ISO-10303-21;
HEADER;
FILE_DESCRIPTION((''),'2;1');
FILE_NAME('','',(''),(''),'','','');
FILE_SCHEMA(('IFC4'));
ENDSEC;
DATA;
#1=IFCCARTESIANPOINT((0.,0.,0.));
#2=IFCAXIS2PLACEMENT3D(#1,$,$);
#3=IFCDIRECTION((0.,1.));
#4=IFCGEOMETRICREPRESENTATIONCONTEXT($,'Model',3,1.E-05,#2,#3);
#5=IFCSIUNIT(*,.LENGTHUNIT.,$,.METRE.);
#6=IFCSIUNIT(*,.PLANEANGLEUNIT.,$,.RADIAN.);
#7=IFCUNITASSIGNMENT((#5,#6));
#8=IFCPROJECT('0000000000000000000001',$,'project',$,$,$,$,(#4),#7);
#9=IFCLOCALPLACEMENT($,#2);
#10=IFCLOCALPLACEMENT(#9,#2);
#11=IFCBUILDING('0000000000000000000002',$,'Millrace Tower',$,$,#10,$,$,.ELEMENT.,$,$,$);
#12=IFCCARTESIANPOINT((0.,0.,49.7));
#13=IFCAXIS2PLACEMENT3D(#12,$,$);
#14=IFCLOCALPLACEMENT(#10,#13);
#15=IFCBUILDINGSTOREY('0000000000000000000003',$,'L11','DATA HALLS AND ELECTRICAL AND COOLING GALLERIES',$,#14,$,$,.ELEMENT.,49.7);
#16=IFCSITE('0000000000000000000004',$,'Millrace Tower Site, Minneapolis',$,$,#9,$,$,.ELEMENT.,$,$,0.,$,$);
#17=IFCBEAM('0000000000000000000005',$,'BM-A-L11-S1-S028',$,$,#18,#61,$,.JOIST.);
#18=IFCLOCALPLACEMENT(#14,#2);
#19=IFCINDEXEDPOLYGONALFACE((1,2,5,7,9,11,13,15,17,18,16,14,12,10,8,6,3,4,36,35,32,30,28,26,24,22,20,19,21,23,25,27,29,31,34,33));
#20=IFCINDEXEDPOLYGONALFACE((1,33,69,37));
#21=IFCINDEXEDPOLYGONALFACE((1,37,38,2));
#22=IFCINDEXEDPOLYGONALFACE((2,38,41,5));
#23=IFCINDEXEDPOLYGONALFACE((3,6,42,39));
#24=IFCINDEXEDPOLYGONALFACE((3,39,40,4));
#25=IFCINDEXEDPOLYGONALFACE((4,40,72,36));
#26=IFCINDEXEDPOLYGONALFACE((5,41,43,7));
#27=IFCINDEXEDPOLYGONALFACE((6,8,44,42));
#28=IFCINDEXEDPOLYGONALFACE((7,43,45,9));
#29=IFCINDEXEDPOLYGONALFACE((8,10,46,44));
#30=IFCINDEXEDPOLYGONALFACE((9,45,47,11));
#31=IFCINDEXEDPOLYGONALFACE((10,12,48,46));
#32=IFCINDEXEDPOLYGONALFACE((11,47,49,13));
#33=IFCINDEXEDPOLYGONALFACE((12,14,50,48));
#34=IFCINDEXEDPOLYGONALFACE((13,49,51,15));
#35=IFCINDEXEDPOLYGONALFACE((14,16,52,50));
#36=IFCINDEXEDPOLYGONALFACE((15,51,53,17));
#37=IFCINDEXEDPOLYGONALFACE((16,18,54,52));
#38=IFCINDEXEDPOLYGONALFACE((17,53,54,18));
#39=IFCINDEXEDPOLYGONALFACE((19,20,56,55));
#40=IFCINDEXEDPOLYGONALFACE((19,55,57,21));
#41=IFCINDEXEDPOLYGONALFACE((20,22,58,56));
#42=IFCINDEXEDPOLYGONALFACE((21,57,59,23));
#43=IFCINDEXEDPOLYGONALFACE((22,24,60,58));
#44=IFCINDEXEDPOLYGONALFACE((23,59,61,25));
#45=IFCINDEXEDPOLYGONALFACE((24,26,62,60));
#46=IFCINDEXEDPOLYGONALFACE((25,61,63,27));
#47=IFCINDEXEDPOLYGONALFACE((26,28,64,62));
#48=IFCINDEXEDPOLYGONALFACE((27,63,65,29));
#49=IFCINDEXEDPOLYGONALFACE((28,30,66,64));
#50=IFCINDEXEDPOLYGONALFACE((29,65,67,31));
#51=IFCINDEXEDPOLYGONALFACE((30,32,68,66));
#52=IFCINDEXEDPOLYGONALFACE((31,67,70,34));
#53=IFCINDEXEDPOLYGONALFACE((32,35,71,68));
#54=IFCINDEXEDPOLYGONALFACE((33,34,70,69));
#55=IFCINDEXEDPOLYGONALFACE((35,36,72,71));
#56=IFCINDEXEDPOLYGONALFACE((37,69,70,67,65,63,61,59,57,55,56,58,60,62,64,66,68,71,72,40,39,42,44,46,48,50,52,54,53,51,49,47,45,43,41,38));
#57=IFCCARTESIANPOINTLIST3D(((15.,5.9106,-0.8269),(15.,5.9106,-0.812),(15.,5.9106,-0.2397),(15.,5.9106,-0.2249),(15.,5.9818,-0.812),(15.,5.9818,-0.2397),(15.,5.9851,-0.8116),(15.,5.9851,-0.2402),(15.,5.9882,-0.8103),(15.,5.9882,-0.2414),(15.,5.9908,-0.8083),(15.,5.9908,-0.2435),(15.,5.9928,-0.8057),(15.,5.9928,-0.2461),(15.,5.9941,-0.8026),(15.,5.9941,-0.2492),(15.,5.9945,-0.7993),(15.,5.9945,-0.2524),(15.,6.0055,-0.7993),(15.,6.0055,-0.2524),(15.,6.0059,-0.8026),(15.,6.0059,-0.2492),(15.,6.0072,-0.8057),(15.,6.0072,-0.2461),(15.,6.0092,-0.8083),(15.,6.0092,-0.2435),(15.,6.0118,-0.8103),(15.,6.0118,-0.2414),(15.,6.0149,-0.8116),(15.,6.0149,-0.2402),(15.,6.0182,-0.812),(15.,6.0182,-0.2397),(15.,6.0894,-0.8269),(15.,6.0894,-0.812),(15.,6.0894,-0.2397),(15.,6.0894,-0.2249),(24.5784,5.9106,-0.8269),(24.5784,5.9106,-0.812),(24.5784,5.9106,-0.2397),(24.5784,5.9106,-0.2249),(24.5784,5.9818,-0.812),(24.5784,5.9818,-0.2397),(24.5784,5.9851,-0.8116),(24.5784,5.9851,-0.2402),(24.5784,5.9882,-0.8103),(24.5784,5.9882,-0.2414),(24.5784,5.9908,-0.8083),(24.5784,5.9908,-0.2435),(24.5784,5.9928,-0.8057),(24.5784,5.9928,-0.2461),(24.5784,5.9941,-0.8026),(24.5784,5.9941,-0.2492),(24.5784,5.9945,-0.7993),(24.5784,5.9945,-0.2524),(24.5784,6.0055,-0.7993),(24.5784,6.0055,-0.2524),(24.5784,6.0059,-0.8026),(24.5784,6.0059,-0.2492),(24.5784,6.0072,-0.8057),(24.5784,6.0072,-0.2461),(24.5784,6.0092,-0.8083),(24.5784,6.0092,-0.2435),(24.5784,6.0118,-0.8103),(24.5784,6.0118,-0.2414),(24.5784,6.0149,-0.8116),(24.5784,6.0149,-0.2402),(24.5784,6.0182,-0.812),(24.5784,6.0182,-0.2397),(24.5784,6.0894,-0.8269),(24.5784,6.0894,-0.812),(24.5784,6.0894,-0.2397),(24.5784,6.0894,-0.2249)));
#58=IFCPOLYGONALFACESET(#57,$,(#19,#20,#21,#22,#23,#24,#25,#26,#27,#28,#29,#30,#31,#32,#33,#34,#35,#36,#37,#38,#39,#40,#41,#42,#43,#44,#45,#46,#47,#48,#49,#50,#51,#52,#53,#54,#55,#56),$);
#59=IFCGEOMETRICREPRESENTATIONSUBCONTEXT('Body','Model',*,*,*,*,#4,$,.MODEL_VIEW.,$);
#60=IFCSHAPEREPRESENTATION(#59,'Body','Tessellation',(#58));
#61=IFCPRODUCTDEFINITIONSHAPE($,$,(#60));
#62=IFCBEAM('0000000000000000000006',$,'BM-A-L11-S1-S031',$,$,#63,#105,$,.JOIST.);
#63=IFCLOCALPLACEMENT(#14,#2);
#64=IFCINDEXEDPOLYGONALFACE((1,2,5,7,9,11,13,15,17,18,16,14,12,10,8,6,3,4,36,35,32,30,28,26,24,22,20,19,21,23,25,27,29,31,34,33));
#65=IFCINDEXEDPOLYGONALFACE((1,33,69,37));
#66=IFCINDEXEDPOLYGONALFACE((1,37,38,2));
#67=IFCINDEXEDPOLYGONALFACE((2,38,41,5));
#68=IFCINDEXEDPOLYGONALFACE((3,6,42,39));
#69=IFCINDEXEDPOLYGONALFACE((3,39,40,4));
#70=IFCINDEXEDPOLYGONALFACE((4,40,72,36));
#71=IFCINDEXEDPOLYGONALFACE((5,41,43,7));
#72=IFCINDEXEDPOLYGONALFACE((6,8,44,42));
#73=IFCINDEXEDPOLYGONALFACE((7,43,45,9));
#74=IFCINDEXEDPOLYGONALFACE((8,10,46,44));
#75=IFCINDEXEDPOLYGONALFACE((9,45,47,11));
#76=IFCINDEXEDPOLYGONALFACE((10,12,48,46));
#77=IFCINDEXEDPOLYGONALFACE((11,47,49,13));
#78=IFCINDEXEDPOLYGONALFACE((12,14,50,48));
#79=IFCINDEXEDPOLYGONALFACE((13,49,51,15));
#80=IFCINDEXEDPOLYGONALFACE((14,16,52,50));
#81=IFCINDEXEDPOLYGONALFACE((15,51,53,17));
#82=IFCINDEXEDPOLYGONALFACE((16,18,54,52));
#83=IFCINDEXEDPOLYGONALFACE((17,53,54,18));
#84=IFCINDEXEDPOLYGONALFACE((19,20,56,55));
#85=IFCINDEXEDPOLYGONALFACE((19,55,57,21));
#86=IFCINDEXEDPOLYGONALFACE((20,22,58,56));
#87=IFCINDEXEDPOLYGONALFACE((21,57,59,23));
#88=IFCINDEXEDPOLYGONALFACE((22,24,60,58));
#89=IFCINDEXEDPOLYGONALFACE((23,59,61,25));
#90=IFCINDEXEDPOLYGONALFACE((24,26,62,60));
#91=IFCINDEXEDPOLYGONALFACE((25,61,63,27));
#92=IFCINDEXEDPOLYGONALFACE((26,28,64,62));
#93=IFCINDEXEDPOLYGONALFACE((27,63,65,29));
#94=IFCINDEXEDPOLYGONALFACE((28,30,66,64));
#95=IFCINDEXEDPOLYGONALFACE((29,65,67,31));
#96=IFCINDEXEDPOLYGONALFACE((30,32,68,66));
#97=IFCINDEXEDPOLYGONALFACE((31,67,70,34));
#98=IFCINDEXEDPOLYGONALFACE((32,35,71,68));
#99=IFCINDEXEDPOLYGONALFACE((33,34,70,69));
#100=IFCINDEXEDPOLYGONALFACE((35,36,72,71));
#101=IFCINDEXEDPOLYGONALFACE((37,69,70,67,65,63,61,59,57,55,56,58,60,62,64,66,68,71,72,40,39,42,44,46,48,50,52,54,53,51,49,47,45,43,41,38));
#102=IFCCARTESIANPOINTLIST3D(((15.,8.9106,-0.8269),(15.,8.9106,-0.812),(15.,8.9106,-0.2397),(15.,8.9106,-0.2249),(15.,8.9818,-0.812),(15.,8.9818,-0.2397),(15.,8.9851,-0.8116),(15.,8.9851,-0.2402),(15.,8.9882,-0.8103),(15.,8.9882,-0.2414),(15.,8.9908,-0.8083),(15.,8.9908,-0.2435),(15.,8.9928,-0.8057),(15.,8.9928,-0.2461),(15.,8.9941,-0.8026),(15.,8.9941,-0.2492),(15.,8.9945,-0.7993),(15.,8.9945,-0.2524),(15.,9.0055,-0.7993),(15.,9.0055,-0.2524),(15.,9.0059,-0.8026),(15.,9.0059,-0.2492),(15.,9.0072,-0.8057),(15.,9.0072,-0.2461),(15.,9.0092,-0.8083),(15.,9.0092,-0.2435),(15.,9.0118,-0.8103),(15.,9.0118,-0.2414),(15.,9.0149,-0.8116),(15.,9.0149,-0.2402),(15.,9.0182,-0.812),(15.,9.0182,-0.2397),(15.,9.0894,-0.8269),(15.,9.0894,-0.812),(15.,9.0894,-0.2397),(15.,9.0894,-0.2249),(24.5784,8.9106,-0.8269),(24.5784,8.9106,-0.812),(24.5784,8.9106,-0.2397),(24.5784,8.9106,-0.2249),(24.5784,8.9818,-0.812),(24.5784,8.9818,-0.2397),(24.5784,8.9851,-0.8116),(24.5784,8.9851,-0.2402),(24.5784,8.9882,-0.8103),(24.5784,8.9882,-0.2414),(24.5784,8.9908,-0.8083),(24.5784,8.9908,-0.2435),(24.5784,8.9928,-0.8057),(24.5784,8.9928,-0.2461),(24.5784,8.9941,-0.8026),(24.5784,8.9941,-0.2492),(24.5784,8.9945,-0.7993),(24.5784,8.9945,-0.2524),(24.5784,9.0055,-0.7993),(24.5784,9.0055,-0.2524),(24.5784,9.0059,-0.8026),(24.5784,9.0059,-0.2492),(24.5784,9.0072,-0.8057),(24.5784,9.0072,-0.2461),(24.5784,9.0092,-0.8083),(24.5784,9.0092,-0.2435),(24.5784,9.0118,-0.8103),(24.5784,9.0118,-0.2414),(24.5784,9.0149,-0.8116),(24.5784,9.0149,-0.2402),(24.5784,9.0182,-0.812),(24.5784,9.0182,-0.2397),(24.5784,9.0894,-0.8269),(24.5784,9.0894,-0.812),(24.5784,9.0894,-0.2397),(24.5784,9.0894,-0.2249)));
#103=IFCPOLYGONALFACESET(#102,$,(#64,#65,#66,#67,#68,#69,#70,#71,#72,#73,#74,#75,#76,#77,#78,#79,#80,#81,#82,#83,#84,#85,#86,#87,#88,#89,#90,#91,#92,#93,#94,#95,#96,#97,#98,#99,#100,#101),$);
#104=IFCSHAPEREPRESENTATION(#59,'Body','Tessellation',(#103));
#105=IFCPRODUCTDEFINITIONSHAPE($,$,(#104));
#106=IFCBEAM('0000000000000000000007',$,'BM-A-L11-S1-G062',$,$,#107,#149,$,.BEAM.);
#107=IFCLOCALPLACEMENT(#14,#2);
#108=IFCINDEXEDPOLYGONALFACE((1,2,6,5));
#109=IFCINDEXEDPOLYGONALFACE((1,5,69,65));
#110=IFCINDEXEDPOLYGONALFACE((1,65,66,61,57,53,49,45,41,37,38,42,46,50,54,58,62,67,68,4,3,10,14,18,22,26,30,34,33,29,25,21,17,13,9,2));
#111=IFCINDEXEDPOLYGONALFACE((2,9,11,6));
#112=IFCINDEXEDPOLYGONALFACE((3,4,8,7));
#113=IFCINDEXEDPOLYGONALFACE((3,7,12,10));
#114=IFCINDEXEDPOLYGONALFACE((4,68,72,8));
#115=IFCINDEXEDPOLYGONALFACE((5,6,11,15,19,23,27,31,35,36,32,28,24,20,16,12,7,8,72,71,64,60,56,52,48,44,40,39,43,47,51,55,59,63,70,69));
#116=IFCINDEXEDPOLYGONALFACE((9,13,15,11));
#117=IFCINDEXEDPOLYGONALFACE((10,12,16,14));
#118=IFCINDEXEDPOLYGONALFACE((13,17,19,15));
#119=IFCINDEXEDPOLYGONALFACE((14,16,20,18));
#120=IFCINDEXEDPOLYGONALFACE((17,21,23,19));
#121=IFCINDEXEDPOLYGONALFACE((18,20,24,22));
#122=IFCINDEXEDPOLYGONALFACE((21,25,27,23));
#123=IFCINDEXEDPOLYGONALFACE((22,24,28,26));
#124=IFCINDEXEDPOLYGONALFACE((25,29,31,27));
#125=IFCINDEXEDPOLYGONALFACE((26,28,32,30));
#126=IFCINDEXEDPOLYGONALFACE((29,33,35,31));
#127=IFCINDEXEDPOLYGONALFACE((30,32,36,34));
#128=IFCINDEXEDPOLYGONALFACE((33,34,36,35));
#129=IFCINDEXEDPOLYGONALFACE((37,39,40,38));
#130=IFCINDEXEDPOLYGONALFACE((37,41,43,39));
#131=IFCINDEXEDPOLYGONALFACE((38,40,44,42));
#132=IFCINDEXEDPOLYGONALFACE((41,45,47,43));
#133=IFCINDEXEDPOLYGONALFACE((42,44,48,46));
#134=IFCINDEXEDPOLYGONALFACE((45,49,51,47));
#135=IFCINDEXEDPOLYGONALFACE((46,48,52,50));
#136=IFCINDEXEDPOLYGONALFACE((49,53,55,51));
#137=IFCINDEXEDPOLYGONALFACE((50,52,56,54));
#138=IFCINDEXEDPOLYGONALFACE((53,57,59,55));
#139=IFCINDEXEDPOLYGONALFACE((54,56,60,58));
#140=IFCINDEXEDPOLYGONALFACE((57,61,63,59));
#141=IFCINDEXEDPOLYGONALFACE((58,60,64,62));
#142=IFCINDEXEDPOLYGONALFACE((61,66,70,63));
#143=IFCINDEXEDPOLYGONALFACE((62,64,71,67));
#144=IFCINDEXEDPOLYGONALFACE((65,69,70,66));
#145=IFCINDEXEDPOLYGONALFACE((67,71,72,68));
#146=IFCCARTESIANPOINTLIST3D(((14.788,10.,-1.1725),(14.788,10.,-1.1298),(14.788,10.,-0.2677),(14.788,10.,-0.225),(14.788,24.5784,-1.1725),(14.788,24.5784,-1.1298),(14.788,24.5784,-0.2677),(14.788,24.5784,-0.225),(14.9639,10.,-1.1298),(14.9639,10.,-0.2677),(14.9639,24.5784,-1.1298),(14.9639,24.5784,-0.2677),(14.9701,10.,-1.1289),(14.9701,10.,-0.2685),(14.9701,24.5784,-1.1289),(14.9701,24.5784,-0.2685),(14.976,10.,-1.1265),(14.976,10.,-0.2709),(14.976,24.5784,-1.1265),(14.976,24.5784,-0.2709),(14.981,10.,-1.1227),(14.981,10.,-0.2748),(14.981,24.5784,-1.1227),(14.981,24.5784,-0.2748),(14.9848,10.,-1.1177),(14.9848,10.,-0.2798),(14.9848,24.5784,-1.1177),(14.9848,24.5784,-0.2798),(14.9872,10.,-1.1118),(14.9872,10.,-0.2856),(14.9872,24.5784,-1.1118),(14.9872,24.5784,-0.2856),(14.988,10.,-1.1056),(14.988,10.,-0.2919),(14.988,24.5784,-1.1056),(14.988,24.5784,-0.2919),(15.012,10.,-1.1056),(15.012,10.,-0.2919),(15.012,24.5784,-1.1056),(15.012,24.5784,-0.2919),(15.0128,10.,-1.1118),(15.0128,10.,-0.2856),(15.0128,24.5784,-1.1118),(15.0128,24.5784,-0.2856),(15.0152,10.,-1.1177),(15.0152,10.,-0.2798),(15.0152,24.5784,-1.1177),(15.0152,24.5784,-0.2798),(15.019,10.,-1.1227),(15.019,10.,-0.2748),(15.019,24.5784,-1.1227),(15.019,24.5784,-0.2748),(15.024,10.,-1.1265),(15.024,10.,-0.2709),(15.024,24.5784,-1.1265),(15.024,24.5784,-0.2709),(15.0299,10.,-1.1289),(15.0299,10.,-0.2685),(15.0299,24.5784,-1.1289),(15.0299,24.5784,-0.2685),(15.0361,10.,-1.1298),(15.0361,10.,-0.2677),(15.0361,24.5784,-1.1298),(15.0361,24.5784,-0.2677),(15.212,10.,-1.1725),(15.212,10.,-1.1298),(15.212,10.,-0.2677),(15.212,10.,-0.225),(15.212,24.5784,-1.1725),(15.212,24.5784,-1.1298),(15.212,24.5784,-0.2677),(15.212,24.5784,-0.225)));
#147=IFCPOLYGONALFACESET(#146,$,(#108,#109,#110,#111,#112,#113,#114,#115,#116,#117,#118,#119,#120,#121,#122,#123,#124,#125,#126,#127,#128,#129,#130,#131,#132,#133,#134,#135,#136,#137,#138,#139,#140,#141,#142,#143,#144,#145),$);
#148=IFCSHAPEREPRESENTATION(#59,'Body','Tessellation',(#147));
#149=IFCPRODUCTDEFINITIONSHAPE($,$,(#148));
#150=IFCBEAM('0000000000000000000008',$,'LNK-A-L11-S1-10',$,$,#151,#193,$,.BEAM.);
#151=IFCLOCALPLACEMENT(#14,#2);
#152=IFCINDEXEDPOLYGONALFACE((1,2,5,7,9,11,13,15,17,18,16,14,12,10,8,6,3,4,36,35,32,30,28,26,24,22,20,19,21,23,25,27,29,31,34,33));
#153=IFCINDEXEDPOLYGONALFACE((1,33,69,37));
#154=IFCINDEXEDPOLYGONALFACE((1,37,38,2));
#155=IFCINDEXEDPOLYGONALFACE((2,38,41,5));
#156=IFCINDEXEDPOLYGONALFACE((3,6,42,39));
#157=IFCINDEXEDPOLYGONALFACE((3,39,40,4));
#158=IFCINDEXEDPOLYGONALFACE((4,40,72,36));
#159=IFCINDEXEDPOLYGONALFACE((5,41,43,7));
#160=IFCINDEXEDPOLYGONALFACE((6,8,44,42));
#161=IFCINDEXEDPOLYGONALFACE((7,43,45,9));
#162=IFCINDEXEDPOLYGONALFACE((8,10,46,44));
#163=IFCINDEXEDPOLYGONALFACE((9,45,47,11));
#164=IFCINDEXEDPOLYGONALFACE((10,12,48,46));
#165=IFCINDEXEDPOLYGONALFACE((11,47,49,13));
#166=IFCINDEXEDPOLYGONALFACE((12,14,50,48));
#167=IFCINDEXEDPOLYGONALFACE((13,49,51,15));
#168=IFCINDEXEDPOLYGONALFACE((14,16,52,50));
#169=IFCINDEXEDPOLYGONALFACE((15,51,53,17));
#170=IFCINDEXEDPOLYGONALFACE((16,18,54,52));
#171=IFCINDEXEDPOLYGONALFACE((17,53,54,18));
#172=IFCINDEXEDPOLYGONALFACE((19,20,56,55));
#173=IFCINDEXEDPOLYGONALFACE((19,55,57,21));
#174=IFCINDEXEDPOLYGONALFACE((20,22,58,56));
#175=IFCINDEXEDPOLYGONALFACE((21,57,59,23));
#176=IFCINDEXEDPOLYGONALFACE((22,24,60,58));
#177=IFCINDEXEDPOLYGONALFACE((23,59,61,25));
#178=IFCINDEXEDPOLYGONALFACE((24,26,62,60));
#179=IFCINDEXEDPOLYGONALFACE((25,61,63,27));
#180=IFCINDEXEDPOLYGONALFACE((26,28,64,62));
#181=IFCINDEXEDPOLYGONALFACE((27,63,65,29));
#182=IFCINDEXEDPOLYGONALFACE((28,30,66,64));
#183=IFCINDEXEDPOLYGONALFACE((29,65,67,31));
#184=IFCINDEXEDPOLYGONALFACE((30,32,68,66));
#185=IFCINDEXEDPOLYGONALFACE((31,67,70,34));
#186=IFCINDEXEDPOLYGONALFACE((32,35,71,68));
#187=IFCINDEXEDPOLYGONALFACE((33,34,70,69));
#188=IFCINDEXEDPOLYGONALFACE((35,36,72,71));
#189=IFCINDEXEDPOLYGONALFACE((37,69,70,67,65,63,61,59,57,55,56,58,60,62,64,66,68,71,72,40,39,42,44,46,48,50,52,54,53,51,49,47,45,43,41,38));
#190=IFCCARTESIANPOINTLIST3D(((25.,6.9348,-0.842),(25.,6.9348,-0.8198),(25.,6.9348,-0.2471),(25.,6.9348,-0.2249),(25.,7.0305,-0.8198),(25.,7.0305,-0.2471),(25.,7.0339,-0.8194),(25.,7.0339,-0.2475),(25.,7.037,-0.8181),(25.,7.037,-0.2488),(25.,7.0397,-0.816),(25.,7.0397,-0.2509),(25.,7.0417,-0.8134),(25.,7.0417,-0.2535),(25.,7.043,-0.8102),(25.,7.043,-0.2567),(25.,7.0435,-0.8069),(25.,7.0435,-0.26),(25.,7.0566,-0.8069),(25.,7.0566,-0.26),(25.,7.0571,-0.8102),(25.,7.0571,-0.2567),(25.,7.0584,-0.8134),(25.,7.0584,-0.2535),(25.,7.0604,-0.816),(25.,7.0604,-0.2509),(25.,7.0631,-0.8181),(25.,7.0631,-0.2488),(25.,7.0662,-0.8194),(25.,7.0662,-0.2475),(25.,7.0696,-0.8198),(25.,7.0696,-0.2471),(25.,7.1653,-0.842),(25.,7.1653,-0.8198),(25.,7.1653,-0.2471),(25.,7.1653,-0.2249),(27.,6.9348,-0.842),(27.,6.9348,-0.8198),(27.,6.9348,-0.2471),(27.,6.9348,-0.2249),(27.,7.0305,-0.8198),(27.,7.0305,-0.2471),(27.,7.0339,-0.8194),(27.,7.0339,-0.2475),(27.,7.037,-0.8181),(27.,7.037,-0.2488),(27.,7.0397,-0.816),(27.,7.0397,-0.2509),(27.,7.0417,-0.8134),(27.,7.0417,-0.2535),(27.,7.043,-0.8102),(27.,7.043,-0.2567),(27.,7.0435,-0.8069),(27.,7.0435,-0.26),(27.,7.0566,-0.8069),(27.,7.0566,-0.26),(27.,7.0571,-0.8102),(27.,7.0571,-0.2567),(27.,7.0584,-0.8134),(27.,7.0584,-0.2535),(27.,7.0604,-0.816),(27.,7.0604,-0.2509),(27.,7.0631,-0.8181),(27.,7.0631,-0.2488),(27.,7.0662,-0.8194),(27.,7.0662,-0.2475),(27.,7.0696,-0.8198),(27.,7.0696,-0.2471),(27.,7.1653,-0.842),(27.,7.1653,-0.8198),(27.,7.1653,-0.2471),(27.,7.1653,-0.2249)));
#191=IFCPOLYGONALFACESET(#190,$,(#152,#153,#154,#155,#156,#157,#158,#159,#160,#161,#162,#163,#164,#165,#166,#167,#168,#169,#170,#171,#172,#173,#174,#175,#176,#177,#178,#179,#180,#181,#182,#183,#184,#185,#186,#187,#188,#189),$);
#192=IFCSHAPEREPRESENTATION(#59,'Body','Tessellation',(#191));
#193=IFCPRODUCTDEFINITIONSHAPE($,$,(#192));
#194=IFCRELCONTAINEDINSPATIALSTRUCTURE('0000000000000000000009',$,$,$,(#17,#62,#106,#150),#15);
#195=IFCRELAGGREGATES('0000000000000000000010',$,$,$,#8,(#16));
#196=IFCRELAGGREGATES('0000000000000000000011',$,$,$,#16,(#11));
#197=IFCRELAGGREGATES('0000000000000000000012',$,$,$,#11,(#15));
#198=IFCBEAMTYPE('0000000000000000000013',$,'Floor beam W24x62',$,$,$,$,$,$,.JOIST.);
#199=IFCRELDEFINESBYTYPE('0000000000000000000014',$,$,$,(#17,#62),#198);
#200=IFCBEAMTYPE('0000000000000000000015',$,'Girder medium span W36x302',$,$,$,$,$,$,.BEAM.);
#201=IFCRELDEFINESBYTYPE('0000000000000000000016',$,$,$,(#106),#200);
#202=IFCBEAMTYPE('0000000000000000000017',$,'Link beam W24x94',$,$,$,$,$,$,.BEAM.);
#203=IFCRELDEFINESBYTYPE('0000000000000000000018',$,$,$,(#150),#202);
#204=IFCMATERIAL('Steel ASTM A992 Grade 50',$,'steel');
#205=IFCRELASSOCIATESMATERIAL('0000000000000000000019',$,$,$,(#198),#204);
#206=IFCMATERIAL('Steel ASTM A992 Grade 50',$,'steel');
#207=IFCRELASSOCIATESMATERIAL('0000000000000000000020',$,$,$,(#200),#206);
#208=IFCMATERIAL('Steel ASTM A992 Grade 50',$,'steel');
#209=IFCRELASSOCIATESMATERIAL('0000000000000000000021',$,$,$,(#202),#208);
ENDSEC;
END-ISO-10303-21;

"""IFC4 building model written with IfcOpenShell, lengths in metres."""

from ifc_helpers import new_model, si_unit, direction, frame, origin, origin_2d, place, context, subcontext, project, spatial, i_section, extrude, material, material_profile, profile_set, type_object, element, save


model = new_model("IFC4")

# Units and contexts
model_context = context("Model", 3, precision=1e-05, world=origin(), true_north=direction((0.0, 1.0)))
body_context = subcontext(model_context, "Body", "Model", "MODEL_VIEW")
ifc_project = project(units=[si_unit("LENGTHUNIT", "METRE"), si_unit("PLANEANGLEUNIT", "RADIAN")], contexts=[model_context])

# Site, building, storey
site_placement = place(None, origin())
site = spatial("IfcSite", under=ifc_project, at=site_placement, Name="Millrace Tower Site, Minneapolis", CompositionType="ELEMENT", RefElevation=0.0)
building_placement = place(site_placement, origin())
building = spatial("IfcBuilding", under=site, at=building_placement, Name="Millrace Tower", CompositionType="ELEMENT")
storey_placement = place(building_placement, frame((0.0, 0.0, 49.7)))
storey = spatial("IfcBuildingStorey", under=building, at=storey_placement, Name="L11", Description="DATA HALLS AND ELECTRICAL AND COOLING GALLERIES", CompositionType="ELEMENT", Elevation=49.7)

# Beams
ifc_material_1 = material(Name="Steel ASTM A992 Grade 50", Category="steel")
ifc_material_profile_1 = material_profile(ifc_material_1, i_section(OverallWidth=0.1787, OverallDepth=0.6021, WebThickness=0.011, FlangeThickness=0.0149, FilletRadius=0.0127, at=origin_2d()))
ifc_profile_set_1 = profile_set([ifc_material_profile_1], Name="Steel ASTM A992 Grade 50")
beam_type_1 = type_object("IfcBeamType", Name="Floor beam W24x62", PredefinedType="JOIST", material=ifc_profile_set_1)
for number, where, z_axis, x_axis, name in (
    (1, (15.0, 6.0, -0.5259), (1.0, 0.0, 0.0), (0.0, 1.0, 0.0), "BM-A-L11-S1-S028"),
    (2, (15.0, 9.0, -0.5259), (1.0, 0.0, 0.0), (0.0, 1.0, 0.0), "BM-A-L11-S1-S031"),
):
    element("IfcBeam", number, at=place(storey_placement, frame(where, z_axis=z_axis, x_axis=x_axis)), inside=storey, type_object=beam_type_1, Name=name, PredefinedType="JOIST", context=body_context, shape_type="SweptSolid", body=[
        extrude(i_section(OverallWidth=0.1787, OverallDepth=0.6021, WebThickness=0.011, FlangeThickness=0.0149, FilletRadius=0.0127, at=origin_2d()), origin(), (0.0, 0.0, 1.0), 9.5784),
    ])
ifc_material_2 = material(Name="Steel ASTM A992 Grade 50", Category="steel")
ifc_material_profile_2 = material_profile(ifc_material_2, i_section(OverallWidth=0.4241, OverallDepth=0.9475, WebThickness=0.0239, FlangeThickness=0.0427, FilletRadius=0.0242, at=origin_2d()))
ifc_profile_set_2 = profile_set([ifc_material_profile_2], Name="Steel ASTM A992 Grade 50")
beam_type_2 = type_object("IfcBeamType", Name="Girder medium span W36x302", PredefinedType="BEAM", material=ifc_profile_set_2)
beam_1_placement = place(storey_placement, frame((15.0, 10.0, -0.6987), z_axis=(0.0, 1.0, 0.0), x_axis=(-1.0, 0.0, 0.0)))
element("IfcBeam", 3, at=beam_1_placement, inside=storey, type_object=beam_type_2, Name="BM-A-L11-S1-G062", PredefinedType="BEAM", context=body_context, shape_type="SweptSolid", body=[
    extrude(i_section(OverallWidth=0.4241, OverallDepth=0.9475, WebThickness=0.0239, FlangeThickness=0.0427, FilletRadius=0.0242, at=origin_2d()), origin(), (0.0, 0.0, 1.0), 14.5784),
])
ifc_material_3 = material(Name="Steel ASTM A992 Grade 50", Category="steel")
ifc_material_profile_3 = material_profile(ifc_material_3, i_section(OverallWidth=0.2305, OverallDepth=0.6172, WebThickness=0.0132, FlangeThickness=0.0222, FilletRadius=0.0129, at=origin_2d()))
ifc_profile_set_3 = profile_set([ifc_material_profile_3], Name="Steel ASTM A992 Grade 50")
beam_type_3 = type_object("IfcBeamType", Name="Link beam W24x94", PredefinedType="BEAM", material=ifc_profile_set_3)
beam_2_placement = place(storey_placement, frame((25.0, 7.05, -0.5334), z_axis=(1.0, 0.0, 0.0), x_axis=(0.0, 1.0, 0.0)))
element("IfcBeam", 4, at=beam_2_placement, inside=storey, type_object=beam_type_3, Name="LNK-A-L11-S1-10", PredefinedType="BEAM", context=body_context, shape_type="SweptSolid", body=[
    extrude(i_section(OverallWidth=0.2305, OverallDepth=0.6172, WebThickness=0.0132, FlangeThickness=0.0222, FilletRadius=0.0129, at=origin_2d()), origin(), (0.0, 0.0, 1.0), 2.0),
])

save(model, "model.ifc")
